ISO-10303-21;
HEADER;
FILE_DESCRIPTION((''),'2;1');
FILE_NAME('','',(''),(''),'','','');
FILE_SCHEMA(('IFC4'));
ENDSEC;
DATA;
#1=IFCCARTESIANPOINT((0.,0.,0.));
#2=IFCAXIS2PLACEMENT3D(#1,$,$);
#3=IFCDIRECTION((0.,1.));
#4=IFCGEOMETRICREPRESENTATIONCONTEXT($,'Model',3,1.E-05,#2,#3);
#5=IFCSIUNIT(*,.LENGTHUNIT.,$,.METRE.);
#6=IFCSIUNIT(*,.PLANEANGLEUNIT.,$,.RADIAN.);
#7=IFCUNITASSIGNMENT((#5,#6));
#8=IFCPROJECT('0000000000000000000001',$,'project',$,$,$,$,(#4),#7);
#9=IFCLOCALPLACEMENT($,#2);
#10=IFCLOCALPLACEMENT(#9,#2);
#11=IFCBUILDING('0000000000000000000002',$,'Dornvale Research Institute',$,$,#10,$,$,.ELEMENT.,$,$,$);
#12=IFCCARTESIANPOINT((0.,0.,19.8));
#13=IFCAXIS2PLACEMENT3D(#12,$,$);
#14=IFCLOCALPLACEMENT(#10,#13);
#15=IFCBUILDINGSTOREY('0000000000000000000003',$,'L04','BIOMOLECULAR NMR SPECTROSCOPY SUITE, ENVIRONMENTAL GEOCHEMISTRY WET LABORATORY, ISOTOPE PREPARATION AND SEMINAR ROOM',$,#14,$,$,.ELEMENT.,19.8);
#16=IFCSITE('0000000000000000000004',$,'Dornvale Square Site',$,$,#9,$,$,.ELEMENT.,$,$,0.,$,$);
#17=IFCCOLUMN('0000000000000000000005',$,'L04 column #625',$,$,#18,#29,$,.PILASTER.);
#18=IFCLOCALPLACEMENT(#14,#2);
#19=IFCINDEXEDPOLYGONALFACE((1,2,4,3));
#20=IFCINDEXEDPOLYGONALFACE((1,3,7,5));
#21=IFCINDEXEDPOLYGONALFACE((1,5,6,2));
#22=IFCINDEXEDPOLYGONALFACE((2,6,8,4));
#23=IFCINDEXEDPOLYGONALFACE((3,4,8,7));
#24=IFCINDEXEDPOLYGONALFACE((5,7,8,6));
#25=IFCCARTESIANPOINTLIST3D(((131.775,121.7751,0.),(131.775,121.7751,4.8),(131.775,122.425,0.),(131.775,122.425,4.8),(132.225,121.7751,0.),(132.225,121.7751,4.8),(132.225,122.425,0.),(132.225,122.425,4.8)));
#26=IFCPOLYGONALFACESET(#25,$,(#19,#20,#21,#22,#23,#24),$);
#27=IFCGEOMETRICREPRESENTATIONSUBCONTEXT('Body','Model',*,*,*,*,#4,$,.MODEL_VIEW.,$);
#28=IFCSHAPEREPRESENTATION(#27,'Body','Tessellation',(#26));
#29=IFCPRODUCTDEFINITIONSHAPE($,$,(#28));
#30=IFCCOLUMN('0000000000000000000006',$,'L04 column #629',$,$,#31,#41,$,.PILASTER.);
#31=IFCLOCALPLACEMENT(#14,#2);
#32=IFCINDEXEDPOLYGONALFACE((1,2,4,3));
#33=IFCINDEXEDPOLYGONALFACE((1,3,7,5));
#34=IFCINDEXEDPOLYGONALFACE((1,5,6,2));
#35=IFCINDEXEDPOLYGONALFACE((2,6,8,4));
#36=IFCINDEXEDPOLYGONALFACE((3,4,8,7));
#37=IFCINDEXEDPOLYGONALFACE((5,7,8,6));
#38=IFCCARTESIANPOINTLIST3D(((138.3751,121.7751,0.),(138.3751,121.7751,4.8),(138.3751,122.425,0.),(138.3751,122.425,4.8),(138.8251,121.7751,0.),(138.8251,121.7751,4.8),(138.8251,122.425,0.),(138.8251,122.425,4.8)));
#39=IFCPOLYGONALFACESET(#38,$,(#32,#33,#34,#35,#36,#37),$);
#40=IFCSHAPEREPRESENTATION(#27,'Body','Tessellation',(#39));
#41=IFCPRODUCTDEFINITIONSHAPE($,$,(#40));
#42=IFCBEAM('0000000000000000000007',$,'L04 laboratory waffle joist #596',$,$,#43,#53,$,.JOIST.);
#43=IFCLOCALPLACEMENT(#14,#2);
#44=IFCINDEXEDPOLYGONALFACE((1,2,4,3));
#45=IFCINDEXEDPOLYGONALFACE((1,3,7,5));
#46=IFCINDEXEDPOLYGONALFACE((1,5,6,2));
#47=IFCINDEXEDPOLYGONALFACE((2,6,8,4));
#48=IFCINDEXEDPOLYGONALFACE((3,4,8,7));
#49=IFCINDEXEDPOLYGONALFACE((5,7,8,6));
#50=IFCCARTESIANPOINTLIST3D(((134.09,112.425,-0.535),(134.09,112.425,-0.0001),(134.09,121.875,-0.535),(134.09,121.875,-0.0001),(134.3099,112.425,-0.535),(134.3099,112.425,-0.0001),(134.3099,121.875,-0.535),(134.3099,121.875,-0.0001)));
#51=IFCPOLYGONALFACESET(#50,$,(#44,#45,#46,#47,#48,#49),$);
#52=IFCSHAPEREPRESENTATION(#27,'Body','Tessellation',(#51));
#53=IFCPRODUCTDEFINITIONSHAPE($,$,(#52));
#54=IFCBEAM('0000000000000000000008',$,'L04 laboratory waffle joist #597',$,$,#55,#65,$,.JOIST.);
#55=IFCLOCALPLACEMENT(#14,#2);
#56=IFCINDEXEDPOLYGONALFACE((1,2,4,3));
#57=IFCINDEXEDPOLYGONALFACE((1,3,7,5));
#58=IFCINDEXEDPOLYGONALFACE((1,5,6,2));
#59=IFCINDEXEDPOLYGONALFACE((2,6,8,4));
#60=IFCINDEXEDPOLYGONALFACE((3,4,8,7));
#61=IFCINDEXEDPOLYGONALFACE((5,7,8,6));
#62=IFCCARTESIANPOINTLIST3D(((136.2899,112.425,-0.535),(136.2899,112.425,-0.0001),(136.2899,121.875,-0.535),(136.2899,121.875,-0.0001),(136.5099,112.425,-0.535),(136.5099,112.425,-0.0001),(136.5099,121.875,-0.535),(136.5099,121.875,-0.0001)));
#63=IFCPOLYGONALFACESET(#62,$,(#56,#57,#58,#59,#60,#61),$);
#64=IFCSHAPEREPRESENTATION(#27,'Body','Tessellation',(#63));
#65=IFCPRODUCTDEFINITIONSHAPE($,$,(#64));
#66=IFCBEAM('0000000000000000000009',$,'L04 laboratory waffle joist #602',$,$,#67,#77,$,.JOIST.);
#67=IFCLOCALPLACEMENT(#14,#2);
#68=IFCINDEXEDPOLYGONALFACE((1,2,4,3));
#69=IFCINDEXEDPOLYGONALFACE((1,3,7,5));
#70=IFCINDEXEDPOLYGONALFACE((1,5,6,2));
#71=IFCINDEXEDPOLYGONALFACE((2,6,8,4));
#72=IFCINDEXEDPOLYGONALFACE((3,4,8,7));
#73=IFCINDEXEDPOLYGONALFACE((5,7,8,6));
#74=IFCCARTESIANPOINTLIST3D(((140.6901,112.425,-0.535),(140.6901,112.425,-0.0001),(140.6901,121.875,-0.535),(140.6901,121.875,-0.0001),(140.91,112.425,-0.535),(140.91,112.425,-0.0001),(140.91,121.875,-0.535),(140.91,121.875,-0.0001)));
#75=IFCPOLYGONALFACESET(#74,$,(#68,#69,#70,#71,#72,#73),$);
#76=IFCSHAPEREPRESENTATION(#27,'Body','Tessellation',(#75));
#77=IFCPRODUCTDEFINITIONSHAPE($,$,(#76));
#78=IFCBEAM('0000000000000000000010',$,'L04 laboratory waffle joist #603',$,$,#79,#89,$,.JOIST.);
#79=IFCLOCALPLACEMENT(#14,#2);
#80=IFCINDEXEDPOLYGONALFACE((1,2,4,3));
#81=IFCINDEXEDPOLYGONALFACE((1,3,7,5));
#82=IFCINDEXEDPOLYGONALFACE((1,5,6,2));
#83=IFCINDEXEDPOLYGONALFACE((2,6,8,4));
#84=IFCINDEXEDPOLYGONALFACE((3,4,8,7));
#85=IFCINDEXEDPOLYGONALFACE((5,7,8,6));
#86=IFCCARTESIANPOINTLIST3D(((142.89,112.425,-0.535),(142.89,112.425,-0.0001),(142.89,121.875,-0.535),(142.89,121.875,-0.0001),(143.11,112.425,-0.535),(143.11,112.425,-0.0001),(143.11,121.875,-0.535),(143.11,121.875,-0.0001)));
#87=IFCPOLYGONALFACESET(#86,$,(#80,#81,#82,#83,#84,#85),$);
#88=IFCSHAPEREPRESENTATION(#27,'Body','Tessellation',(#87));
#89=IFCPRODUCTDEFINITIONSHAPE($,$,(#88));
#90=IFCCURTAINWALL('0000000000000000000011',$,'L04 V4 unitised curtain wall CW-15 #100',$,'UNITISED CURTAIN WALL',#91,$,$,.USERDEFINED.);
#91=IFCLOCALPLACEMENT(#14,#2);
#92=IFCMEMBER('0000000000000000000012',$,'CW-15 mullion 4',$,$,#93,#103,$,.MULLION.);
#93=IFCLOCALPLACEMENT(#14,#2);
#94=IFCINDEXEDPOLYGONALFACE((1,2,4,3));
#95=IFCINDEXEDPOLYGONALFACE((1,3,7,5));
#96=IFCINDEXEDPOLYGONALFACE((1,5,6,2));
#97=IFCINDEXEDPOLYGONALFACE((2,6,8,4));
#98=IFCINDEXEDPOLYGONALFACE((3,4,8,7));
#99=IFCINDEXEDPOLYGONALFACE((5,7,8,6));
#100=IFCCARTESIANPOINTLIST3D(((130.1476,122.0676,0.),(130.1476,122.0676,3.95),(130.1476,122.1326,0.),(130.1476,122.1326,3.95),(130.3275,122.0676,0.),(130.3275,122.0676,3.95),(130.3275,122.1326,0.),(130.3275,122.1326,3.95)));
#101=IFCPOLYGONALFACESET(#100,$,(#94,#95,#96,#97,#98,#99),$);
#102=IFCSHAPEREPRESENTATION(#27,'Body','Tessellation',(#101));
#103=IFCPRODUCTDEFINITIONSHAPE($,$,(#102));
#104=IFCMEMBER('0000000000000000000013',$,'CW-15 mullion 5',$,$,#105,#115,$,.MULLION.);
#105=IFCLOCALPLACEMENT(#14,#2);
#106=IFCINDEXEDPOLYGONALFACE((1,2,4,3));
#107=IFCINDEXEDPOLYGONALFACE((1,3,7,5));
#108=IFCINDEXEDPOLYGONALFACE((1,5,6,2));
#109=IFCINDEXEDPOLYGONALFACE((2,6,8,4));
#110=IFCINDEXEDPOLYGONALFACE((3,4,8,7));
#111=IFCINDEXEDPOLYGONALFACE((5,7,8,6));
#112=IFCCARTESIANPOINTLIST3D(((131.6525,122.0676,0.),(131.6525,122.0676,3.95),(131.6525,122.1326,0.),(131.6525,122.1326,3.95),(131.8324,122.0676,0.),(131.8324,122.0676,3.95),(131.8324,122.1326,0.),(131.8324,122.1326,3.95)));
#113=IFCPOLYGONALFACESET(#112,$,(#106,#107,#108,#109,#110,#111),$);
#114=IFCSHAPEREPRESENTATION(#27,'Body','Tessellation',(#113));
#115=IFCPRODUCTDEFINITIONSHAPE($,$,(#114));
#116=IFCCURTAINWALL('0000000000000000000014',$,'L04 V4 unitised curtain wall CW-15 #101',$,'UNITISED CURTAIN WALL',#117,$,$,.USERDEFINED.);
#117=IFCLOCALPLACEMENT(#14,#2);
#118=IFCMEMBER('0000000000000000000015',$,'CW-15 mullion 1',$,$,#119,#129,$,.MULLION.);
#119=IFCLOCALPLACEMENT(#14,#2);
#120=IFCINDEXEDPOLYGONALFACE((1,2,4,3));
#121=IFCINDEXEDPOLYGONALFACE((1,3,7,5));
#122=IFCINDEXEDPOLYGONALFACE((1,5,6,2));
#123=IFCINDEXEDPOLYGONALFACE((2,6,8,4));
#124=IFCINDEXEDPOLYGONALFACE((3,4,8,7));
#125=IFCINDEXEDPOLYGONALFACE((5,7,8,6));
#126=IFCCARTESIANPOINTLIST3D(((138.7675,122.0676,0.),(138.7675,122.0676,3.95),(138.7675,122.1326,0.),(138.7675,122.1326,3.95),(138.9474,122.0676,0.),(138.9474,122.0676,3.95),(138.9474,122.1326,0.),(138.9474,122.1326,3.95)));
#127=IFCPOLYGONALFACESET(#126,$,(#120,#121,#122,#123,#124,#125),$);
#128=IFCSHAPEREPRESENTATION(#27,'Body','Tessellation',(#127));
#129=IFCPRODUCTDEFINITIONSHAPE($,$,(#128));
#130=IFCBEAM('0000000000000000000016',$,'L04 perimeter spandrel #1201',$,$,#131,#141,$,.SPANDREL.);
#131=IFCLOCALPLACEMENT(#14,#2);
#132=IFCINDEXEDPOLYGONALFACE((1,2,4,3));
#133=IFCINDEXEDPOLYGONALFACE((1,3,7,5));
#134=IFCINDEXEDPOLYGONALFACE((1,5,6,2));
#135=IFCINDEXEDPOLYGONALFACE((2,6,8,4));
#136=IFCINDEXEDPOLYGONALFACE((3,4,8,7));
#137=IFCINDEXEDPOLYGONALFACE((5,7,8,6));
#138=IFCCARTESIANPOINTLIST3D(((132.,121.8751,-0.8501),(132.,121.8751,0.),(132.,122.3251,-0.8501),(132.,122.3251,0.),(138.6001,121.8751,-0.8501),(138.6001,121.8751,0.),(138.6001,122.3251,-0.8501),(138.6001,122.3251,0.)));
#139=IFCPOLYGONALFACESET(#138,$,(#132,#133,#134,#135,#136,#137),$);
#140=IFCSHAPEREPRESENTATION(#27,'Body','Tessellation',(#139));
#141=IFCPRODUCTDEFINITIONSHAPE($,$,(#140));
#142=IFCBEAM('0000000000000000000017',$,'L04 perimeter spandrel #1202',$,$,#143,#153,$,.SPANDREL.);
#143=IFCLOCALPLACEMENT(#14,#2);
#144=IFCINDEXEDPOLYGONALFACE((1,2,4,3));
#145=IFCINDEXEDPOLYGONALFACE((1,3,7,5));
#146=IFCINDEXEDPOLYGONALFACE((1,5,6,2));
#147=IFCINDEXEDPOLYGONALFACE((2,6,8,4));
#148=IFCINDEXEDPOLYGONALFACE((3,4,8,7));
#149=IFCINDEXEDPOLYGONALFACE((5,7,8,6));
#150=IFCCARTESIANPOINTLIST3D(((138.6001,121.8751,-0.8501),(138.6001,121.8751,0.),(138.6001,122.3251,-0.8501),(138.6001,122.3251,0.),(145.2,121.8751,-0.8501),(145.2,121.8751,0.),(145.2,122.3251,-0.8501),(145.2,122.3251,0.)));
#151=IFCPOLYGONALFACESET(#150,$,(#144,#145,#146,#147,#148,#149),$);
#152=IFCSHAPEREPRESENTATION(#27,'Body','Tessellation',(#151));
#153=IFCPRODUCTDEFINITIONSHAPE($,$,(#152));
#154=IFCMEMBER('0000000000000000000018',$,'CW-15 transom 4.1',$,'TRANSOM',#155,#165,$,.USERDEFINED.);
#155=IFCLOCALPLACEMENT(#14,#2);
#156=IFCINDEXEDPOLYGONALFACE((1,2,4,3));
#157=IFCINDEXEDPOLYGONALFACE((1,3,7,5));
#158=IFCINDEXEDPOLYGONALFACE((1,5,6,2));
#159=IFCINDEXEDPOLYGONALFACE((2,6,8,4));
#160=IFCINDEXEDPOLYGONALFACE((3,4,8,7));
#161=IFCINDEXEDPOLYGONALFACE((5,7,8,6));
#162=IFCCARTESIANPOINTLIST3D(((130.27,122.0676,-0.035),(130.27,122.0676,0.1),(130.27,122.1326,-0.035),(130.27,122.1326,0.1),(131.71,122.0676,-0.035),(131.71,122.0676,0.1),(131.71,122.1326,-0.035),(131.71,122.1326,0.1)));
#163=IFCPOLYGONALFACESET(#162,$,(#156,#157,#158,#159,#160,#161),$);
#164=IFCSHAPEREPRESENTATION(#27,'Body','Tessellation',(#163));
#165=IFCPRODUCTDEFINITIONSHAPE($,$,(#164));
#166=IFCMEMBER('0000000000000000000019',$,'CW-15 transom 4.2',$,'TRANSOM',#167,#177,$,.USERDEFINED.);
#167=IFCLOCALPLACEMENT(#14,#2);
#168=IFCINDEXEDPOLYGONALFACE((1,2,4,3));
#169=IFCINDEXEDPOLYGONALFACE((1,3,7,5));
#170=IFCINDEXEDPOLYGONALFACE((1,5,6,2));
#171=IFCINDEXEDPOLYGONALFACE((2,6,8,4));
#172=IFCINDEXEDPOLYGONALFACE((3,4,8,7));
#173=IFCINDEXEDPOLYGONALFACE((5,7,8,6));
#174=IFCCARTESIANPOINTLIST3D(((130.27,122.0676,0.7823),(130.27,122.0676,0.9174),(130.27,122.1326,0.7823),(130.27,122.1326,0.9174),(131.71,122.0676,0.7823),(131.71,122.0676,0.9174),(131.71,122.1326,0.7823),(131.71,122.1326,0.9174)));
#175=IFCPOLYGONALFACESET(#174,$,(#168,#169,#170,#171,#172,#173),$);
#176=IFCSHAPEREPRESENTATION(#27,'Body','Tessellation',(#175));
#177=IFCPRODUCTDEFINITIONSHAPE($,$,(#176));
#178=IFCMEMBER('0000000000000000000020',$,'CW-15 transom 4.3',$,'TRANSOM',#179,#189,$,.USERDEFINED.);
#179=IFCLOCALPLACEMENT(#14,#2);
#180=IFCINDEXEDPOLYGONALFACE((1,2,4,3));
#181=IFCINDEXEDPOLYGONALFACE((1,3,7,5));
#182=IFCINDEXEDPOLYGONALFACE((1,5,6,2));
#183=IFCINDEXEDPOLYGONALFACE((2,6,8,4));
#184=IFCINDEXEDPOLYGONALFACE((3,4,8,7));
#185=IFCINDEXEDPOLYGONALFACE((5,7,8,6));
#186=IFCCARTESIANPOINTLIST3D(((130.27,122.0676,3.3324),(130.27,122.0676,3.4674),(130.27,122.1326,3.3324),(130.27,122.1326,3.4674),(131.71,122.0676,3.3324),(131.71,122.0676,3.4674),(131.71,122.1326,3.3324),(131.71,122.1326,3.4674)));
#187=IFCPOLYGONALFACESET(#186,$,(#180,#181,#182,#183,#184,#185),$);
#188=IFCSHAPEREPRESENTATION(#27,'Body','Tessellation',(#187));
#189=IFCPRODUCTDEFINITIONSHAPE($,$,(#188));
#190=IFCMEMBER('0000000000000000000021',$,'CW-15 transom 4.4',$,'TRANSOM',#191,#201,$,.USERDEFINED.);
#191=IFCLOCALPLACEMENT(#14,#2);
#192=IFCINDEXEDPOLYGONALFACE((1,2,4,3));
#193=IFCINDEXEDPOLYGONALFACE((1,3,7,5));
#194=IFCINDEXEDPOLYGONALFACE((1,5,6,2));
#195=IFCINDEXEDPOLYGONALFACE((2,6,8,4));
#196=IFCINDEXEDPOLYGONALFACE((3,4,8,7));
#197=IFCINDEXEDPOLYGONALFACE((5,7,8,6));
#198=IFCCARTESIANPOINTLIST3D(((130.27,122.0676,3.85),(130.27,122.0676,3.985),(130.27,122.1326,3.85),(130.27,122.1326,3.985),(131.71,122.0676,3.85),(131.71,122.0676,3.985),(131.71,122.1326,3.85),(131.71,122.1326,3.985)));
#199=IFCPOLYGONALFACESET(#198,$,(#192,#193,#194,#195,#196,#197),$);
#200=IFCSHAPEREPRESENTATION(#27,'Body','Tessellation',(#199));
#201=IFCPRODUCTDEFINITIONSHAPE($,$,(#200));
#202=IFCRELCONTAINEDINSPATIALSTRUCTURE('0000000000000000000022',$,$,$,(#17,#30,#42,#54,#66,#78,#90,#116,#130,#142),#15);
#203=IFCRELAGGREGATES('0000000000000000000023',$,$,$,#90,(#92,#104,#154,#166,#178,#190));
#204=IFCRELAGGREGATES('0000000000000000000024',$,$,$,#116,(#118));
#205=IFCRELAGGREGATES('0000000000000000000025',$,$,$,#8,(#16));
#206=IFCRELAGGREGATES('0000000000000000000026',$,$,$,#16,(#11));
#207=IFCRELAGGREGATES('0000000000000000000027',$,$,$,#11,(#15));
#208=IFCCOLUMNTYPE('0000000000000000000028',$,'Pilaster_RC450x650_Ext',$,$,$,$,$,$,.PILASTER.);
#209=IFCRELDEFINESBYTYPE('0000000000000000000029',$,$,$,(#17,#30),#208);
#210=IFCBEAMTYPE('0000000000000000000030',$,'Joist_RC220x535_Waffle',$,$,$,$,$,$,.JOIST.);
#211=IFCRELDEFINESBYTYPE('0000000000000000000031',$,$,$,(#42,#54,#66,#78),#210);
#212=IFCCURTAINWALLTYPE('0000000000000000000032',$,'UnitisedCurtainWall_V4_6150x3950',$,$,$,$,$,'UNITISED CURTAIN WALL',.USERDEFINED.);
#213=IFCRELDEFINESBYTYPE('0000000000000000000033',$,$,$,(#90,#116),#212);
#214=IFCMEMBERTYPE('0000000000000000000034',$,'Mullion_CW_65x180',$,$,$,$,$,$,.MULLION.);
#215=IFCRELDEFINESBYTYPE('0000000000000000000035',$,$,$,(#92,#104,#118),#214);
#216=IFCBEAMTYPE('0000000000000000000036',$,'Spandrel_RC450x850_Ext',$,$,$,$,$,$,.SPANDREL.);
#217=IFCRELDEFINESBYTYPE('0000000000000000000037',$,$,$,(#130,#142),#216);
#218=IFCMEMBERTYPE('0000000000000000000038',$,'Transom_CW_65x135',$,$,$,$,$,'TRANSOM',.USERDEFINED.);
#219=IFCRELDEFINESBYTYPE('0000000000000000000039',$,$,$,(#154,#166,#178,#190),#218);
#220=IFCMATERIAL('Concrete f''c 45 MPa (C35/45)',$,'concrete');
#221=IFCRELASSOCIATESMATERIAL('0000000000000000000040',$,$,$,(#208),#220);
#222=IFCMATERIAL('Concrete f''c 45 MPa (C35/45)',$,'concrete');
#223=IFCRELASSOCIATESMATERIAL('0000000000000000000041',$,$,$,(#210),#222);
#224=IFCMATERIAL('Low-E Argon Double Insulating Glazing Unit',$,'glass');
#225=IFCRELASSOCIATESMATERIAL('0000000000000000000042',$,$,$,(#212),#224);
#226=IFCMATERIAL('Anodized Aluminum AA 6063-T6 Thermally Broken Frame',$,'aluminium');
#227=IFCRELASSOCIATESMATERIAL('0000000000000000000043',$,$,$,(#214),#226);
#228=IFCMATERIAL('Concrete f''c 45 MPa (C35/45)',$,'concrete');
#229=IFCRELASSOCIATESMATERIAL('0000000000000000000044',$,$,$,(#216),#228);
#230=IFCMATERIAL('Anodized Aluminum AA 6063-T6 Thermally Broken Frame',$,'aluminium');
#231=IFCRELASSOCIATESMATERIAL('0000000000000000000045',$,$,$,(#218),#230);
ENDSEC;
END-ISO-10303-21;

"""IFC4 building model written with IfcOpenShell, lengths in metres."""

from ifc_helpers import new_model, si_unit, direction, frame, origin, origin_2d, place, context, subcontext, project, spatial, rectangle, extrude, material, material_profile, profile_set, type_object, element, aggregate, save


model = new_model("IFC4")

# Units and contexts
model_context = context("Model", 3, precision=1e-05, world=origin(), true_north=direction((0.0, 1.0)))
body_context = subcontext(model_context, "Body", "Model", "MODEL_VIEW")
ifc_project = project(units=[si_unit("LENGTHUNIT", "METRE"), si_unit("PLANEANGLEUNIT", "RADIAN")], contexts=[model_context])

# Site, building, storey
site_placement = place(None, origin())
site = spatial("IfcSite", under=ifc_project, at=site_placement, Name="Dornvale Square Site", CompositionType="ELEMENT", RefElevation=0.0)
building_placement = place(site_placement, origin())
building = spatial("IfcBuilding", under=site, at=building_placement, Name="Dornvale Research Institute", CompositionType="ELEMENT")
storey_placement = place(building_placement, frame((0.0, 0.0, 19.8)))
storey = spatial("IfcBuildingStorey", under=building, at=storey_placement, Name="L04", Description="BIOMOLECULAR NMR SPECTROSCOPY SUITE, ENVIRONMENTAL GEOCHEMISTRY WET LABORATORY, ISOTOPE PREPARATION AND SEMINAR ROOM", CompositionType="ELEMENT", Elevation=19.8)

# Columns
ifc_material_1 = material(Name="Concrete f'c 45 MPa (C35/45)", Category="concrete")
ifc_material_profile_1 = material_profile(ifc_material_1, rectangle(XDim=0.45, YDim=0.6499, at=origin_2d()), Name="RC 450x650")
ifc_profile_set_1 = profile_set([ifc_material_profile_1], Name="Concrete f'c 45 MPa (C35/45)")
column_type = type_object("IfcColumnType", Name="Pilaster_RC450x650_Ext", PredefinedType="PILASTER", material=ifc_profile_set_1)
for number, where, z_axis, x_axis, name in (
    (1, (132.0, 122.1001, 0.0), (0.0, 0.0, 1.0), (1.0, 0.0, 0.0), "L04 column #625"),
    (2, (138.6001, 122.1001, 0.0), (0.0, 0.0, 1.0), (1.0, 0.0, 0.0), "L04 column #629"),
):
    element("IfcColumn", number, at=place(storey_placement, frame(where, z_axis=z_axis, x_axis=x_axis)), inside=storey, type_object=column_type, Name=name, PredefinedType="PILASTER", context=body_context, shape_type="SweptSolid", body=[
        extrude(rectangle(XDim=0.45, YDim=0.6499, at=origin_2d()), origin(), (0.0, 0.0, 1.0), 4.8),
    ])

# Beams
ifc_material_2 = material(Name="Concrete f'c 45 MPa (C35/45)", Category="concrete")
ifc_material_profile_2 = material_profile(ifc_material_2, rectangle(XDim=0.22, YDim=0.5349, at=origin_2d()), Name="RC 220x535")
ifc_profile_set_2 = profile_set([ifc_material_profile_2], Name="Concrete f'c 45 MPa (C35/45)")
beam_type_1 = type_object("IfcBeamType", Name="Joist_RC220x535_Waffle", PredefinedType="JOIST", material=ifc_profile_set_2)
for number, where, z_axis, x_axis, name in (
    (3, (134.2, 112.425, -0.2676), (0.0, 1.0, 0.0), (-1.0, 0.0, 0.0), "L04 laboratory waffle joist #596"),
    (4, (136.3999, 112.425, -0.2676), (0.0, 1.0, 0.0), (-1.0, 0.0, 0.0), "L04 laboratory waffle joist #597"),
    (5, (140.8, 112.425, -0.2676), (0.0, 1.0, 0.0), (-1.0, 0.0, 0.0), "L04 laboratory waffle joist #602"),
    (6, (143.0, 112.425, -0.2676), (0.0, 1.0, 0.0), (-1.0, 0.0, 0.0), "L04 laboratory waffle joist #603"),
):
    element("IfcBeam", number, at=place(storey_placement, frame(where, z_axis=z_axis, x_axis=x_axis)), inside=storey, type_object=beam_type_1, Name=name, PredefinedType="JOIST", context=body_context, shape_type="SweptSolid", body=[
        extrude(rectangle(XDim=0.22, YDim=0.5349, at=origin_2d()), origin(), (0.0, 0.0, 1.0), 9.45),
    ])

# Curtain wall, members
ifc_material_3 = material(Name="Low-E Argon Double Insulating Glazing Unit", Category="glass")
curtain_wall_type = type_object("IfcCurtainWallType", Name="UnitisedCurtainWall_V4_6150x3950", ElementType="UNITISED CURTAIN WALL", PredefinedType="USERDEFINED", material=ifc_material_3)
curtain_wall_1_placement = place(storey_placement, origin())
curtain_wall_1 = element("IfcCurtainWall", 7, at=curtain_wall_1_placement, inside=storey, type_object=curtain_wall_type, Name="L04 V4 unitised curtain wall CW-15 #100", ObjectType="UNITISED CURTAIN WALL", PredefinedType="USERDEFINED")
ifc_material_4 = material(Name="Anodized Aluminum AA 6063-T6 Thermally Broken Frame", Category="aluminium")
ifc_material_profile_3 = material_profile(ifc_material_4, rectangle(XDim=0.0649, YDim=0.1799, at=origin_2d()), Name="ALU MULLION 65x180")
ifc_profile_set_3 = profile_set([ifc_material_profile_3], Name="Anodized Aluminum AA 6063-T6 Thermally Broken Frame")
member_type_1 = type_object("IfcMemberType", Name="Mullion_CW_65x180", PredefinedType="MULLION", material=ifc_profile_set_3)
member_1_placement = place(storey_placement, frame((130.2375, 122.1001, 0.0), z_axis=(0.0, 0.0, 1.0), x_axis=(0.0, 1.0, 0.0)))
member_1 = element("IfcMember", 8, at=member_1_placement, type_object=member_type_1, Name="CW-15 mullion 4", PredefinedType="MULLION", context=body_context, shape_type="SweptSolid", body=[
    extrude(rectangle(XDim=0.0649, YDim=0.1799, at=origin_2d()), origin(), (0.0, 0.0, 1.0), 3.95),
])
member_2_placement = place(storey_placement, frame((131.7424, 122.1001, 0.0), z_axis=(0.0, 0.0, 1.0), x_axis=(0.0, 1.0, 0.0)))
member_2 = element("IfcMember", 9, at=member_2_placement, type_object=member_type_1, Name="CW-15 mullion 5", PredefinedType="MULLION", context=body_context, shape_type="SweptSolid", body=[
    extrude(rectangle(XDim=0.0649, YDim=0.1799, at=origin_2d()), origin(), (0.0, 0.0, 1.0), 3.95),
])

# Curtain wall, member
curtain_wall_2_placement = place(storey_placement, origin())
curtain_wall_2 = element("IfcCurtainWall", 10, at=curtain_wall_2_placement, inside=storey, type_object=curtain_wall_type, Name="L04 V4 unitised curtain wall CW-15 #101", ObjectType="UNITISED CURTAIN WALL", PredefinedType="USERDEFINED")
member_3_placement = place(storey_placement, frame((138.8574, 122.1001, 0.0), z_axis=(0.0, 0.0, 1.0), x_axis=(0.0, 1.0, 0.0)))
member_3 = element("IfcMember", 11, at=member_3_placement, type_object=member_type_1, Name="CW-15 mullion 1", PredefinedType="MULLION", context=body_context, shape_type="SweptSolid", body=[
    extrude(rectangle(XDim=0.0649, YDim=0.1799, at=origin_2d()), origin(), (0.0, 0.0, 1.0), 3.95),
])

# Beams
ifc_material_5 = material(Name="Concrete f'c 45 MPa (C35/45)", Category="concrete")
ifc_material_profile_4 = material_profile(ifc_material_5, rectangle(XDim=0.45, YDim=0.8501, at=origin_2d()), Name="RC 450x850")
ifc_profile_set_4 = profile_set([ifc_material_profile_4], Name="Concrete f'c 45 MPa (C35/45)")
beam_type_2 = type_object("IfcBeamType", Name="Spandrel_RC450x850_Ext", PredefinedType="SPANDREL", material=ifc_profile_set_4)
beam_1_placement = place(storey_placement, frame((132.0, 122.1001, -0.425), z_axis=(1.0, 0.0, 0.0), x_axis=(0.0, 1.0, 0.0)))
element("IfcBeam", 12, at=beam_1_placement, inside=storey, type_object=beam_type_2, Name="L04 perimeter spandrel #1201", PredefinedType="SPANDREL", context=body_context, shape_type="SweptSolid", body=[
    extrude(rectangle(XDim=0.45, YDim=0.8501, at=origin_2d()), origin(), (0.0, 0.0, 1.0), 6.6001),
])
beam_2_placement = place(storey_placement, frame((138.6001, 122.1001, -0.425), z_axis=(1.0, 0.0, 0.0), x_axis=(0.0, 1.0, 0.0)))
element("IfcBeam", 13, at=beam_2_placement, inside=storey, type_object=beam_type_2, Name="L04 perimeter spandrel #1202", PredefinedType="SPANDREL", context=body_context, shape_type="SweptSolid", body=[
    extrude(rectangle(XDim=0.45, YDim=0.8501, at=origin_2d()), origin(), (0.0, 0.0, 1.0), 6.5999),
])

# Members
ifc_material_6 = material(Name="Anodized Aluminum AA 6063-T6 Thermally Broken Frame", Category="aluminium")
ifc_material_profile_5 = material_profile(ifc_material_6, rectangle(XDim=0.0649, YDim=0.135, at=origin_2d()), Name="ALU TRANSOM 65x135")
ifc_profile_set_5 = profile_set([ifc_material_profile_5], Name="Anodized Aluminum AA 6063-T6 Thermally Broken Frame")
member_type_2 = type_object("IfcMemberType", Name="Transom_CW_65x135", ElementType="TRANSOM", PredefinedType="USERDEFINED", material=ifc_profile_set_5)
member_4_placement = place(storey_placement, frame((130.27, 122.1001, 0.0325), z_axis=(1.0, 0.0, 0.0), x_axis=(0.0, 1.0, 0.0)))
member_4 = element("IfcMember", 14, at=member_4_placement, type_object=member_type_2, Name="CW-15 transom 4.1", ObjectType="TRANSOM", PredefinedType="USERDEFINED", context=body_context, shape_type="SweptSolid", body=[
    extrude(rectangle(XDim=0.0649, YDim=0.135, at=origin_2d()), origin(), (0.0, 0.0, 1.0), 1.4399),
])
member_5_placement = place(storey_placement, frame((130.27, 122.1001, 0.8499), z_axis=(1.0, 0.0, 0.0), x_axis=(0.0, 1.0, 0.0)))
member_5 = element("IfcMember", 15, at=member_5_placement, type_object=member_type_2, Name="CW-15 transom 4.2", ObjectType="TRANSOM", PredefinedType="USERDEFINED", context=body_context, shape_type="SweptSolid", body=[
    extrude(rectangle(XDim=0.0649, YDim=0.135, at=origin_2d()), origin(), (0.0, 0.0, 1.0), 1.4399),
])
member_6_placement = place(storey_placement, frame((130.27, 122.1001, 3.3999), z_axis=(1.0, 0.0, 0.0), x_axis=(0.0, 1.0, 0.0)))
member_6 = element("IfcMember", 16, at=member_6_placement, type_object=member_type_2, Name="CW-15 transom 4.3", ObjectType="TRANSOM", PredefinedType="USERDEFINED", context=body_context, shape_type="SweptSolid", body=[
    extrude(rectangle(XDim=0.0649, YDim=0.135, at=origin_2d()), origin(), (0.0, 0.0, 1.0), 1.4399),
])
member_7_placement = place(storey_placement, frame((130.27, 122.1001, 3.9175), z_axis=(1.0, 0.0, 0.0), x_axis=(0.0, 1.0, 0.0)))
member_7 = element("IfcMember", 17, at=member_7_placement, type_object=member_type_2, Name="CW-15 transom 4.4", ObjectType="TRANSOM", PredefinedType="USERDEFINED", context=body_context, shape_type="SweptSolid", body=[
    extrude(rectangle(XDim=0.0649, YDim=0.135, at=origin_2d()), origin(), (0.0, 0.0, 1.0), 1.4399),
])

aggregate(curtain_wall_1, [member_1, member_2, member_4, member_5, member_6, member_7])
aggregate(curtain_wall_2, [member_3])

save(model, "model.ifc")
